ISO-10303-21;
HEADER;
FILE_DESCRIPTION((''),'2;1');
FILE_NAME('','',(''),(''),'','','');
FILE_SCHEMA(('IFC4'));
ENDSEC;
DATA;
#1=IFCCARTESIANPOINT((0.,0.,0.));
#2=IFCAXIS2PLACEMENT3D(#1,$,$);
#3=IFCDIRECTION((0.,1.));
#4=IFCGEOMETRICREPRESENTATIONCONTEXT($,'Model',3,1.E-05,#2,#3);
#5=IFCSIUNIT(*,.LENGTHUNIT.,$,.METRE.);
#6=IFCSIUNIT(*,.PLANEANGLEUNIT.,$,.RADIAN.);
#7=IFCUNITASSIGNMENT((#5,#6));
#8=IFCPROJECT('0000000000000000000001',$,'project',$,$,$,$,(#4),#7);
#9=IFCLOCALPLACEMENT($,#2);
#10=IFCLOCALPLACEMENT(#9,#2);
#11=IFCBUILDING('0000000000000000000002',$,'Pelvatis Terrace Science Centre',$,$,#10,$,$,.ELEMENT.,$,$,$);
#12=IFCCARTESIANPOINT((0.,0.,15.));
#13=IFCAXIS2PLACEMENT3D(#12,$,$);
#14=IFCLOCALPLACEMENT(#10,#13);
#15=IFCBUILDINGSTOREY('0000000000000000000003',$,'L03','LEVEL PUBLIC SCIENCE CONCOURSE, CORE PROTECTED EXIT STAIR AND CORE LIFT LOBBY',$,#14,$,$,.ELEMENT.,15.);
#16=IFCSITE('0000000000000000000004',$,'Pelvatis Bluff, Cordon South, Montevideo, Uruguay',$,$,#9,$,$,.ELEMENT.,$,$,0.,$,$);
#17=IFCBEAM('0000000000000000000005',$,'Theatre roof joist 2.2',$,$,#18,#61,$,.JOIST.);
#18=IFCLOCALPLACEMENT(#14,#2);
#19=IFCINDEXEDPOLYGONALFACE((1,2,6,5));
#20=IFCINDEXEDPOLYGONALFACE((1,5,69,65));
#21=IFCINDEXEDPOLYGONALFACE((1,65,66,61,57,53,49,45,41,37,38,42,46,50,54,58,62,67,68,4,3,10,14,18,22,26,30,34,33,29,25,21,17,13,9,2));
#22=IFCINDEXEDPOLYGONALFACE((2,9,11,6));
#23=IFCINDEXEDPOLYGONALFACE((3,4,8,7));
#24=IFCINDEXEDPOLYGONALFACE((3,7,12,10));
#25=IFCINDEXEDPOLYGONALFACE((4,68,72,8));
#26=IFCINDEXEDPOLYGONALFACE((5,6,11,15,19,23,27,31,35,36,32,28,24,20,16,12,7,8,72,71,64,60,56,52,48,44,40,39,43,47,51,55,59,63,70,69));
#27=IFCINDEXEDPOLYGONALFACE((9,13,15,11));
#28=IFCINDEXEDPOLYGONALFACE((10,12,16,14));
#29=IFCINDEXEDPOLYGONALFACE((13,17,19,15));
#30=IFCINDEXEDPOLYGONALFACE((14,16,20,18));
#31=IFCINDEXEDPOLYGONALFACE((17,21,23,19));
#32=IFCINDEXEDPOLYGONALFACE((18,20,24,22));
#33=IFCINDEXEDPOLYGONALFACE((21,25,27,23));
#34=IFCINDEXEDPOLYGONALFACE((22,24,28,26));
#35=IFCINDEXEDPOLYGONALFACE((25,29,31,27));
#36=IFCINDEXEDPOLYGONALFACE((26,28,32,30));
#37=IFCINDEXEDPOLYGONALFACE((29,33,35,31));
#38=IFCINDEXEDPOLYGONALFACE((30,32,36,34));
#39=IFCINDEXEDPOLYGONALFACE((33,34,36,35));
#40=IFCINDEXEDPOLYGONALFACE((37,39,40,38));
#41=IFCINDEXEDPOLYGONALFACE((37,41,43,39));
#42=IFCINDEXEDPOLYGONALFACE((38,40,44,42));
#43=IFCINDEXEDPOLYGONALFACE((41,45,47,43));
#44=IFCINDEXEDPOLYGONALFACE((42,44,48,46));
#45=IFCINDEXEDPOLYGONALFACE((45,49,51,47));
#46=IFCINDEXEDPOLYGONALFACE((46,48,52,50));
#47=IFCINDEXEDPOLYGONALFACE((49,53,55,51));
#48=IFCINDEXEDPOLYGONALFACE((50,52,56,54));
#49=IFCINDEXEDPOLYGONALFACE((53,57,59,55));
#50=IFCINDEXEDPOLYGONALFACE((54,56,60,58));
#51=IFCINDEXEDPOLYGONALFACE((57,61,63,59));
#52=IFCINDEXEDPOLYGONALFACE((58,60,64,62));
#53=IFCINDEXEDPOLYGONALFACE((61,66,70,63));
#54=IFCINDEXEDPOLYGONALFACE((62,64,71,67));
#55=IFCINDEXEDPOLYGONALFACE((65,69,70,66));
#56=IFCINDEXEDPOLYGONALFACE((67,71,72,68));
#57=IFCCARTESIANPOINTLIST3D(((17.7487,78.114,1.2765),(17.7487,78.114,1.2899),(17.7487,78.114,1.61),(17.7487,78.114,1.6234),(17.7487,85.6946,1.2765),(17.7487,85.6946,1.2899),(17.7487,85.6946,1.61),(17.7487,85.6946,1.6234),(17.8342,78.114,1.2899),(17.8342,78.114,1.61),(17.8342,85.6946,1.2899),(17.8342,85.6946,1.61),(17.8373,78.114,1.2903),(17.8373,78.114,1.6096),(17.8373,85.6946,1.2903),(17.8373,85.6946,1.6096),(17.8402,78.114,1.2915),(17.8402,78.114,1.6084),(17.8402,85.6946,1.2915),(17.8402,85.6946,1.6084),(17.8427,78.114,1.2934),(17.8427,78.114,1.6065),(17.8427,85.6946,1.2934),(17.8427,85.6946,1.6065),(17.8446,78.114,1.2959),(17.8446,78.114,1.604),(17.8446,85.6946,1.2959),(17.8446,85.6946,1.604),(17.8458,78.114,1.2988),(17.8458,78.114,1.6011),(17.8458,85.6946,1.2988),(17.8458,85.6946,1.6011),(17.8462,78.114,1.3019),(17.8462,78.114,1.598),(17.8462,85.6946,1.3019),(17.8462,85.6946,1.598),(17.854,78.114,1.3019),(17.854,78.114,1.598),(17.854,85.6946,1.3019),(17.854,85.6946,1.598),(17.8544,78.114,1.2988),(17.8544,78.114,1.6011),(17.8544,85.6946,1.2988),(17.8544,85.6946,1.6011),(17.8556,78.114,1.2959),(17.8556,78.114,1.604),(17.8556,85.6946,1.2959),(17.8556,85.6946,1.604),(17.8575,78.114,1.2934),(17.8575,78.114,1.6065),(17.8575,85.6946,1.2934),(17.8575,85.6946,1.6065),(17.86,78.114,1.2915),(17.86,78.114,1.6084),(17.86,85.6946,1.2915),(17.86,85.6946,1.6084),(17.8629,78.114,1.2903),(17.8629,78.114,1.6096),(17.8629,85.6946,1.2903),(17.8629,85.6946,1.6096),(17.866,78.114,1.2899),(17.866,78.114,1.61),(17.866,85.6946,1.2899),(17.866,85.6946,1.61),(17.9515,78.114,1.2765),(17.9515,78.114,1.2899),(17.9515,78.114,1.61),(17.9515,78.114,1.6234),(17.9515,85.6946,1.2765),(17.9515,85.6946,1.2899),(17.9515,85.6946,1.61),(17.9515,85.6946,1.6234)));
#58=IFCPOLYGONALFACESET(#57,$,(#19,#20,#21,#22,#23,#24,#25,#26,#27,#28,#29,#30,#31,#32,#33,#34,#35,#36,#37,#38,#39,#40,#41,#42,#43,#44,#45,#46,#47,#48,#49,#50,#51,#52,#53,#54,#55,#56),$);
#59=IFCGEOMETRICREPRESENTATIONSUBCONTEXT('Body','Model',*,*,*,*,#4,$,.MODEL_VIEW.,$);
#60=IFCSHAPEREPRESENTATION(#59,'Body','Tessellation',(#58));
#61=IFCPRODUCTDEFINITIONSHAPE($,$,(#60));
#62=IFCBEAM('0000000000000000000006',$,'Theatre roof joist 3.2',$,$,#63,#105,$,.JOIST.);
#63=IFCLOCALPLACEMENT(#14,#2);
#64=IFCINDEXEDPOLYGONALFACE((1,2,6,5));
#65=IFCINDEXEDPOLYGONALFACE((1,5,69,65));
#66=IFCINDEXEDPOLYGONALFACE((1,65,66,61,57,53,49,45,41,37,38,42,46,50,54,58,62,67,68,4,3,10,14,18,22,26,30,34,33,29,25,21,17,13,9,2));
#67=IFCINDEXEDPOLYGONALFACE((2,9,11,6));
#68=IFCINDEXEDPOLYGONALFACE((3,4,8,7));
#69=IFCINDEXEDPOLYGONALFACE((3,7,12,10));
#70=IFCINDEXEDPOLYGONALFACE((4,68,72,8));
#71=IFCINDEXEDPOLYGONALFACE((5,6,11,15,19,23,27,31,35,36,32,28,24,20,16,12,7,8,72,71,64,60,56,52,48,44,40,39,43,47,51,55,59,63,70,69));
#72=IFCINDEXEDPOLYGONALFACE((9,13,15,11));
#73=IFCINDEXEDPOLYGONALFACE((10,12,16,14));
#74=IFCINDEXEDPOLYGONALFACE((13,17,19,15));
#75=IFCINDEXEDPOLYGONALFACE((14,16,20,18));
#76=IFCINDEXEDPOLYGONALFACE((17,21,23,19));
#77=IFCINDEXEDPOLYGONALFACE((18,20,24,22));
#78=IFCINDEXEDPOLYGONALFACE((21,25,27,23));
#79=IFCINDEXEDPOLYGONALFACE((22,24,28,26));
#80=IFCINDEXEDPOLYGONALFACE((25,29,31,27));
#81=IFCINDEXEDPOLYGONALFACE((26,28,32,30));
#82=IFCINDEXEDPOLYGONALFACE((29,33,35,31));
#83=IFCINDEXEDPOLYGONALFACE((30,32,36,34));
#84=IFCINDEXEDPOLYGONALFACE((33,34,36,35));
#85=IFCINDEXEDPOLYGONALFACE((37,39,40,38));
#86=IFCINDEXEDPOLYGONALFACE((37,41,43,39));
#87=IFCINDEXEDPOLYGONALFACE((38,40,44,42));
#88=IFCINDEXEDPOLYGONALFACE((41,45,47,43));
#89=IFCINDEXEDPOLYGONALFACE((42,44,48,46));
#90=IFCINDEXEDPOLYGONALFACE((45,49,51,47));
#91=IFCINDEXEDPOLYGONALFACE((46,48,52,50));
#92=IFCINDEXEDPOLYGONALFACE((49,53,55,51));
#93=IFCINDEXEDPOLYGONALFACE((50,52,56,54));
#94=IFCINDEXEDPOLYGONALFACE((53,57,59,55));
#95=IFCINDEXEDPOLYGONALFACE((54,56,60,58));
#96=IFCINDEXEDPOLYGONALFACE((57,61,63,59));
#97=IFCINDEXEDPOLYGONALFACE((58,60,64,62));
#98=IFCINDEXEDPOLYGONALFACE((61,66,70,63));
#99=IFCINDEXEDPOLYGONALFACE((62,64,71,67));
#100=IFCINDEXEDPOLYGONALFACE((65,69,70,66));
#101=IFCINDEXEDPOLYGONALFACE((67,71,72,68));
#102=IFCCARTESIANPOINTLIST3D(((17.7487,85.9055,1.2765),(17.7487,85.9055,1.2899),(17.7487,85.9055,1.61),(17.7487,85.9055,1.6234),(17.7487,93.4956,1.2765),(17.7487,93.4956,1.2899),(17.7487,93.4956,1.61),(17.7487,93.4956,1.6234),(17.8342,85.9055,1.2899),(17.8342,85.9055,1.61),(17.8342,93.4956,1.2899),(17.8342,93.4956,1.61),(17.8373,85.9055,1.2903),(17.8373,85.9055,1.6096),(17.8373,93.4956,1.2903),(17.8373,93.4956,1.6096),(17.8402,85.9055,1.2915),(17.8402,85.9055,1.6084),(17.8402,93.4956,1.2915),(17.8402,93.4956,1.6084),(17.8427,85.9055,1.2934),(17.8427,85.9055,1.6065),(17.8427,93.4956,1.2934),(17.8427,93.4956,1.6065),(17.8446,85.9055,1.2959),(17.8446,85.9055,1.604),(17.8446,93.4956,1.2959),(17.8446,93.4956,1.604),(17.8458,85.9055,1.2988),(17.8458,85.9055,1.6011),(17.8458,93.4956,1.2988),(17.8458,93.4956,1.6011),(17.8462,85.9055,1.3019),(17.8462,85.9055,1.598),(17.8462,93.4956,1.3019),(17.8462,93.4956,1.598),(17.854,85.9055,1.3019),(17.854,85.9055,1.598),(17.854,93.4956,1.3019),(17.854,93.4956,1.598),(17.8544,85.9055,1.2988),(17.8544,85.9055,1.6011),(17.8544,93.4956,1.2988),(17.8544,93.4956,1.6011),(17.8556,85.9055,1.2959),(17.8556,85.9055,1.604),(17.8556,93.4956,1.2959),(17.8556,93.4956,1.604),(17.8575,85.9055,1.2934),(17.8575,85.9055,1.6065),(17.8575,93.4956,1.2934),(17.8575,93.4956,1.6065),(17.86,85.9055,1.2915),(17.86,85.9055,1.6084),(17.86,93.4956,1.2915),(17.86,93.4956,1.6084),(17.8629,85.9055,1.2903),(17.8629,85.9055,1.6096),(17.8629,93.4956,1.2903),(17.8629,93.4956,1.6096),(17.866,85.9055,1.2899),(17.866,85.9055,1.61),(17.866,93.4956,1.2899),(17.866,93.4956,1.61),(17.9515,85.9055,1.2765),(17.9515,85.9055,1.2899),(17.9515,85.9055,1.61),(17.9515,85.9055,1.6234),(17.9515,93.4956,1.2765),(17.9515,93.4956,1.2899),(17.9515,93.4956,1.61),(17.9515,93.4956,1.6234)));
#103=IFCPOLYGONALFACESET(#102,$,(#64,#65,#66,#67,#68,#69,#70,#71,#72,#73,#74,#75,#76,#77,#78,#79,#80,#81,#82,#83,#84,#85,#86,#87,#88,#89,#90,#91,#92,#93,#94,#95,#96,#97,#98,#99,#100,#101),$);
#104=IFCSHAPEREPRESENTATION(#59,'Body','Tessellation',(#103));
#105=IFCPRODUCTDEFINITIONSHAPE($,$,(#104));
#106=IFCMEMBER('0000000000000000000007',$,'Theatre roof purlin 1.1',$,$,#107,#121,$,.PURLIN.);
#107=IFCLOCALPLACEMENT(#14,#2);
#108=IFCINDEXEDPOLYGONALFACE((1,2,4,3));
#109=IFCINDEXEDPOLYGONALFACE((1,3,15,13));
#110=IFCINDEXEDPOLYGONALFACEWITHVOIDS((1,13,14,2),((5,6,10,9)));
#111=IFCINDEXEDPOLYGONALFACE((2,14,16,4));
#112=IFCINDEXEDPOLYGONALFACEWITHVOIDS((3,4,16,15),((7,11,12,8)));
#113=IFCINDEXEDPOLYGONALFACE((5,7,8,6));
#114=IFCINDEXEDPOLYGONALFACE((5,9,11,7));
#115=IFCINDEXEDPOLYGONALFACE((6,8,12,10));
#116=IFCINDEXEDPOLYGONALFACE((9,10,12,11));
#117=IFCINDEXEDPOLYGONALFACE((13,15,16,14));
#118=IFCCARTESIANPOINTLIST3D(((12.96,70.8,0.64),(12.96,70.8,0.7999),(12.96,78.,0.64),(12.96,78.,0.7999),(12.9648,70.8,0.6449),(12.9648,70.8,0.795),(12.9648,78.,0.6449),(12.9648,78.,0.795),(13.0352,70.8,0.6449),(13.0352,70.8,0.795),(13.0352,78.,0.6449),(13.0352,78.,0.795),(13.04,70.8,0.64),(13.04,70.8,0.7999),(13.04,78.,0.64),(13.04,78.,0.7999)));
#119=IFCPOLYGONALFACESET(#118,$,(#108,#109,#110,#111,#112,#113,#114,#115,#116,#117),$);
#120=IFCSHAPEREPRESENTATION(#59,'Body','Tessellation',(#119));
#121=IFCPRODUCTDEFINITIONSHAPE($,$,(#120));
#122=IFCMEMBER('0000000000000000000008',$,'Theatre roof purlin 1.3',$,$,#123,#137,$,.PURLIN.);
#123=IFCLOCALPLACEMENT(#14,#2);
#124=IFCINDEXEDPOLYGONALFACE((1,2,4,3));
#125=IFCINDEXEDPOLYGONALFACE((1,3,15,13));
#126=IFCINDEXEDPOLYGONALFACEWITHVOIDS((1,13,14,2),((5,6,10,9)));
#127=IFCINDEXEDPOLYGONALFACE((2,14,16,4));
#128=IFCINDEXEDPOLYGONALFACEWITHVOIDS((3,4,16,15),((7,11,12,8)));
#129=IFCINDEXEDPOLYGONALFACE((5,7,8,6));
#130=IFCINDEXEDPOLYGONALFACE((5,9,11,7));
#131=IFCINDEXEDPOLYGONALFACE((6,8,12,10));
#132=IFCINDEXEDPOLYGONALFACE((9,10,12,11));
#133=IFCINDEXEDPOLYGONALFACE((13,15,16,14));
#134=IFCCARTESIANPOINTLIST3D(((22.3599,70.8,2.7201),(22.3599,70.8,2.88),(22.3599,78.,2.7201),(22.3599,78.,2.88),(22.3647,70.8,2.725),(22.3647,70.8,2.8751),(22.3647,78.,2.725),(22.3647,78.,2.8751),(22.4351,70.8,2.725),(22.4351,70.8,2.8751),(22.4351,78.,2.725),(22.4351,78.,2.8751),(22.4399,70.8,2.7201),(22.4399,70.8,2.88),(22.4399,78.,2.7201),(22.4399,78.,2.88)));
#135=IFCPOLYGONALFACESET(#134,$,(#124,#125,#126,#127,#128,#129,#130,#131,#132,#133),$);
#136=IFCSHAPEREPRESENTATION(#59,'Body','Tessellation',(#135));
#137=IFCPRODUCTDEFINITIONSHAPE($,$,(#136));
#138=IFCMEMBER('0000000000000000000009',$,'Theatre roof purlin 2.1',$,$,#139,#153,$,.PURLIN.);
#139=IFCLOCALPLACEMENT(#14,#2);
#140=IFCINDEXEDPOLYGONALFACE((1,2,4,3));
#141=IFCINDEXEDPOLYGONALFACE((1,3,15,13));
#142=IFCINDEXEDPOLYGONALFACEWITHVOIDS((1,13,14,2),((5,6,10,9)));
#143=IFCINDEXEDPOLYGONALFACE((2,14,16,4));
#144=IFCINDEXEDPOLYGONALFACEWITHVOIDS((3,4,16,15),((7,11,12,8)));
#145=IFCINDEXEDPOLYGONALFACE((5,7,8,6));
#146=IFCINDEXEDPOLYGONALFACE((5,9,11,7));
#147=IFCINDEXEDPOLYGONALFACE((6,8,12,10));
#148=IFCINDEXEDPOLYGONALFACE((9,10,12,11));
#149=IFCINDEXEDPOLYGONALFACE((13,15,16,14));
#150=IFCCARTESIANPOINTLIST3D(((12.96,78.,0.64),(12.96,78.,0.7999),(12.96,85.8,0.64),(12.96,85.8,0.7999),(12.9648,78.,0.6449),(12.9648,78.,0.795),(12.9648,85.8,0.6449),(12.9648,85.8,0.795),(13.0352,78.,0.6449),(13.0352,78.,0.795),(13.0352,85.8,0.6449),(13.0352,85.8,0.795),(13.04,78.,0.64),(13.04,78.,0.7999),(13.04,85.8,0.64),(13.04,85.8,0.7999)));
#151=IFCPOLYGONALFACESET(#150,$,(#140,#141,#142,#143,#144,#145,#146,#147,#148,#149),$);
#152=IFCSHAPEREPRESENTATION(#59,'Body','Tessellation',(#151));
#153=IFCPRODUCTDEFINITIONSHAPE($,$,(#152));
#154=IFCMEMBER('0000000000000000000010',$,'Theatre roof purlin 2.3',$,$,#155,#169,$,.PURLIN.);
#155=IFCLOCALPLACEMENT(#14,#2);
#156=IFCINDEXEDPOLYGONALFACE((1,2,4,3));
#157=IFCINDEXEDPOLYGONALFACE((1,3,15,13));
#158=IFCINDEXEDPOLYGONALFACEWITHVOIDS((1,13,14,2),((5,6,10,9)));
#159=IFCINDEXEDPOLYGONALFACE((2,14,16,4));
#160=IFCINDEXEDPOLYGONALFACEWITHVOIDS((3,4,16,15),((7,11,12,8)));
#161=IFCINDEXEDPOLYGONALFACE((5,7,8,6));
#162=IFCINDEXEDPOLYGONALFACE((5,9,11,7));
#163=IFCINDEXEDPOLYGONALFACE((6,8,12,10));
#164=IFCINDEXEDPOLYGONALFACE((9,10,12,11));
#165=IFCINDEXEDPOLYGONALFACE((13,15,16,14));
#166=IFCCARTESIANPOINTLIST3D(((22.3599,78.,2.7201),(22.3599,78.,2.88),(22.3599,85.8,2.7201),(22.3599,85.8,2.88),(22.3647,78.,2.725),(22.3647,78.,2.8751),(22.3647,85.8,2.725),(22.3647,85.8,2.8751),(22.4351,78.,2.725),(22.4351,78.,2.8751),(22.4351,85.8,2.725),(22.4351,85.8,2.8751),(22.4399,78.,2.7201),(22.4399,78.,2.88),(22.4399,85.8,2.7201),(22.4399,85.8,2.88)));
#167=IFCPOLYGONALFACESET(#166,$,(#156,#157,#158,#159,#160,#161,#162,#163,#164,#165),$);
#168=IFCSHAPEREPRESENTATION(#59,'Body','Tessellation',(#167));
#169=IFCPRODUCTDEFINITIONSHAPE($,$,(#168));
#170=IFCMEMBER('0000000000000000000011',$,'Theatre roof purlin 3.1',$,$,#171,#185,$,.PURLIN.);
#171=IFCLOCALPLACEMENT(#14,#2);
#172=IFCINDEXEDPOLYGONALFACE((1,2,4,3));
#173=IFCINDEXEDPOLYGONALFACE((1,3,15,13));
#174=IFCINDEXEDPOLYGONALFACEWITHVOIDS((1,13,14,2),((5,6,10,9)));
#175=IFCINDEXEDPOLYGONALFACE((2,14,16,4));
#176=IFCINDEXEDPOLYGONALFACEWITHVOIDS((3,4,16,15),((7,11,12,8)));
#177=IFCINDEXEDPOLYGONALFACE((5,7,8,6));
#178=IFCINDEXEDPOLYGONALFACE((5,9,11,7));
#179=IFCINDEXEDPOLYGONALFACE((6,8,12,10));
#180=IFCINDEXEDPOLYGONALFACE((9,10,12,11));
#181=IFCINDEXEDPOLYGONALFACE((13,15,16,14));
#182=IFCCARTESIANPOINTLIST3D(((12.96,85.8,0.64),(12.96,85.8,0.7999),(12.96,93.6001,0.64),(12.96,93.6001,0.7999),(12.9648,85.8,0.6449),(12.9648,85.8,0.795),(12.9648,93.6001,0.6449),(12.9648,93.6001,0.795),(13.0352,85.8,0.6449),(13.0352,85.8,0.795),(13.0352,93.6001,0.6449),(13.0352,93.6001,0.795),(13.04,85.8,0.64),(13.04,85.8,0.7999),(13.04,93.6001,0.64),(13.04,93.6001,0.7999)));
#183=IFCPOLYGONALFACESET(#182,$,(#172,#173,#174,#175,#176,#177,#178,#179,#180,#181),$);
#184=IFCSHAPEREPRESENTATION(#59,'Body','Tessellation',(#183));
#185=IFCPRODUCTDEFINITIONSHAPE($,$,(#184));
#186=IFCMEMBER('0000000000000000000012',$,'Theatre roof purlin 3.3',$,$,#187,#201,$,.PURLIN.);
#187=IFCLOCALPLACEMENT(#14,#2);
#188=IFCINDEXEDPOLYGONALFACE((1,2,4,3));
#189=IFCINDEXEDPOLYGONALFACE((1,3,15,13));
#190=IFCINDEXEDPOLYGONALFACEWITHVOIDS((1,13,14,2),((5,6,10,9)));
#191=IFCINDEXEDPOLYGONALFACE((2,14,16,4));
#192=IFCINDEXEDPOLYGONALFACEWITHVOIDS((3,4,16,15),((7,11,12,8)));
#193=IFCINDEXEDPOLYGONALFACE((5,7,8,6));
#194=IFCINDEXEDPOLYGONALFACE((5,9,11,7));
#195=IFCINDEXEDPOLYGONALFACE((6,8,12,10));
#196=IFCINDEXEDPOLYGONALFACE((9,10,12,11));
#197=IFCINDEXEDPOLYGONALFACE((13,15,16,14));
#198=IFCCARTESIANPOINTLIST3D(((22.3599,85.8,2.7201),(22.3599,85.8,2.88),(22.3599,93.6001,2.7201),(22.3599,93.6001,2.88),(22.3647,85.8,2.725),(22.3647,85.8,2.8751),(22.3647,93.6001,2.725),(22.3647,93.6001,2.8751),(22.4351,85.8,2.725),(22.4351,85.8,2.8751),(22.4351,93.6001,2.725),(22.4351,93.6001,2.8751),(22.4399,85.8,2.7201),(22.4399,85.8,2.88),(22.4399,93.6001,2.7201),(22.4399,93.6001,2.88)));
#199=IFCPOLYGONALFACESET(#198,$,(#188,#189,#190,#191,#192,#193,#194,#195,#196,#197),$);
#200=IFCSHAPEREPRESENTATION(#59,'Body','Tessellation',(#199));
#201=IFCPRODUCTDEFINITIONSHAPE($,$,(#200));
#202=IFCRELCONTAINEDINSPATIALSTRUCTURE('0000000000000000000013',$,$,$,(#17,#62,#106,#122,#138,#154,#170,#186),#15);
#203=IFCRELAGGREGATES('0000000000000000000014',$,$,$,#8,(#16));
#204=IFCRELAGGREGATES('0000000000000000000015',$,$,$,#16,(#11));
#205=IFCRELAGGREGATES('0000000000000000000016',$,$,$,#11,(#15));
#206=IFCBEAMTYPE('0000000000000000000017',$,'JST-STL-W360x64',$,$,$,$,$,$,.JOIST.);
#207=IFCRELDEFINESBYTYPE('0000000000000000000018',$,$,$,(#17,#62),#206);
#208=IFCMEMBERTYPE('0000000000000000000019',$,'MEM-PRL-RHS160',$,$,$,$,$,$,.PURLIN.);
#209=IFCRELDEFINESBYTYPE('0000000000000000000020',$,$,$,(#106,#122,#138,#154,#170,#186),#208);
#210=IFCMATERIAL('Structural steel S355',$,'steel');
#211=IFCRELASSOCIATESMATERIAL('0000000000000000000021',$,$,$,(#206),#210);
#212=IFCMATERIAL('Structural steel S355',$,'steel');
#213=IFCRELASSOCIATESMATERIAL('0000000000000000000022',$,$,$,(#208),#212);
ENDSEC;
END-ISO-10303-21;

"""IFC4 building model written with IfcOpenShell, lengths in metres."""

from ifc_helpers import new_model, si_unit, direction, frame, origin, origin_2d, place, context, subcontext, project, spatial, hollow_rectangle, i_section, extrude, material, material_profile, profile_set, type_object, element, save


model = new_model("IFC4")

# Units and contexts
model_context = context("Model", 3, precision=1e-05, world=origin(), true_north=direction((0.0, 1.0)))
body_context = subcontext(model_context, "Body", "Model", "MODEL_VIEW")
ifc_project = project(units=[si_unit("LENGTHUNIT", "METRE"), si_unit("PLANEANGLEUNIT", "RADIAN")], contexts=[model_context])

# Site, building, storey
site_placement = place(None, origin())
site = spatial("IfcSite", under=ifc_project, at=site_placement, Name="Pelvatis Bluff, Cordon South, Montevideo, Uruguay", CompositionType="ELEMENT", RefElevation=0.0)
building_placement = place(site_placement, origin())
building = spatial("IfcBuilding", under=site, at=building_placement, Name="Pelvatis Terrace Science Centre", CompositionType="ELEMENT")
storey_placement = place(building_placement, frame((0.0, 0.0, 15.0)))
storey = spatial("IfcBuildingStorey", under=building, at=storey_placement, Name="L03", Description="LEVEL PUBLIC SCIENCE CONCOURSE, CORE PROTECTED EXIT STAIR AND CORE LIFT LOBBY", CompositionType="ELEMENT", Elevation=15.0)

# Beams
ifc_material_1 = material(Name="Structural steel S355", Category="steel")
ifc_material_profile_1 = material_profile(ifc_material_1, i_section(OverallWidth=0.2029, OverallDepth=0.3469, WebThickness=0.0078, FlangeThickness=0.0134, FilletRadius=0.012, at=origin_2d()), Name="W360x64")
ifc_profile_set_1 = profile_set([ifc_material_profile_1], Name="Structural steel S355")
beam_type_1 = type_object("IfcBeamType", Name="JST-STL-W360x64", PredefinedType="JOIST", material=ifc_profile_set_1)
beam_1_placement = place(storey_placement, frame((17.8501, 78.114, 1.45), z_axis=(0.0, 1.0, 0.0), x_axis=(-1.0, 0.0, 0.0)))
element("IfcBeam", 1, at=beam_1_placement, inside=storey, type_object=beam_type_1, Name="Theatre roof joist 2.2", PredefinedType="JOIST", context=body_context, shape_type="SweptSolid", body=[
    extrude(i_section(OverallWidth=0.2029, OverallDepth=0.3469, WebThickness=0.0078, FlangeThickness=0.0134, FilletRadius=0.012, at=origin_2d()), origin(), (0.0, 0.0, 1.0), 7.5806),
])
beam_2_placement = place(storey_placement, frame((17.8501, 85.9055, 1.45), z_axis=(0.0, 1.0, 0.0), x_axis=(-1.0, 0.0, 0.0)))
element("IfcBeam", 2, at=beam_2_placement, inside=storey, type_object=beam_type_1, Name="Theatre roof joist 3.2", PredefinedType="JOIST", context=body_context, shape_type="SweptSolid", body=[
    extrude(i_section(OverallWidth=0.2029, OverallDepth=0.3469, WebThickness=0.0078, FlangeThickness=0.0134, FilletRadius=0.012, at=origin_2d()), origin(), (0.0, 0.0, 1.0), 7.5901),
])

# Members
ifc_material_2 = material(Name="Structural steel S355", Category="steel")
ifc_material_profile_2 = material_profile(ifc_material_2, hollow_rectangle(XDim=0.0801, YDim=0.1599, WallThickness=0.0049, at=origin_2d()), Name="RHS 160x80x5.0")
ifc_profile_set_2 = profile_set([ifc_material_profile_2], Name="Structural steel S355")
member_type = type_object("IfcMemberType", Name="MEM-PRL-RHS160", PredefinedType="PURLIN", material=ifc_profile_set_2)
for number, where, z_axis, x_axis, name in (
    (3, (13.0, 70.8, 0.72), (0.0, 1.0, 0.0), (-1.0, 0.0, 0.0), "Theatre roof purlin 1.1"),
    (4, (22.3999, 70.8, 2.8), (0.0, 1.0, 0.0), (-1.0, 0.0, 0.0), "Theatre roof purlin 1.3"),
):
    element("IfcMember", number, at=place(storey_placement, frame(where, z_axis=z_axis, x_axis=x_axis)), inside=storey, type_object=member_type, Name=name, PredefinedType="PURLIN", context=body_context, shape_type="SweptSolid", body=[
        extrude(hollow_rectangle(XDim=0.0801, YDim=0.1599, WallThickness=0.0049, at=origin_2d()), origin(), (0.0, 0.0, 1.0), 7.2),
    ])
for number, where, z_axis, x_axis, name in (
    (5, (13.0, 78.0, 0.72), (0.0, 1.0, 0.0), (-1.0, 0.0, 0.0), "Theatre roof purlin 2.1"),
    (6, (22.3999, 78.0, 2.8), (0.0, 1.0, 0.0), (-1.0, 0.0, 0.0), "Theatre roof purlin 2.3"),
    (7, (13.0, 85.8, 0.72), (0.0, 1.0, 0.0), (-1.0, 0.0, 0.0), "Theatre roof purlin 3.1"),
    (8, (22.3999, 85.8, 2.8), (0.0, 1.0, 0.0), (-1.0, 0.0, 0.0), "Theatre roof purlin 3.3"),
):
    element("IfcMember", number, at=place(storey_placement, frame(where, z_axis=z_axis, x_axis=x_axis)), inside=storey, type_object=member_type, Name=name, PredefinedType="PURLIN", context=body_context, shape_type="SweptSolid", body=[
        extrude(hollow_rectangle(XDim=0.0801, YDim=0.1599, WallThickness=0.0049, at=origin_2d()), origin(), (0.0, 0.0, 1.0), 7.8),
    ])

save(model, "model.ifc")
